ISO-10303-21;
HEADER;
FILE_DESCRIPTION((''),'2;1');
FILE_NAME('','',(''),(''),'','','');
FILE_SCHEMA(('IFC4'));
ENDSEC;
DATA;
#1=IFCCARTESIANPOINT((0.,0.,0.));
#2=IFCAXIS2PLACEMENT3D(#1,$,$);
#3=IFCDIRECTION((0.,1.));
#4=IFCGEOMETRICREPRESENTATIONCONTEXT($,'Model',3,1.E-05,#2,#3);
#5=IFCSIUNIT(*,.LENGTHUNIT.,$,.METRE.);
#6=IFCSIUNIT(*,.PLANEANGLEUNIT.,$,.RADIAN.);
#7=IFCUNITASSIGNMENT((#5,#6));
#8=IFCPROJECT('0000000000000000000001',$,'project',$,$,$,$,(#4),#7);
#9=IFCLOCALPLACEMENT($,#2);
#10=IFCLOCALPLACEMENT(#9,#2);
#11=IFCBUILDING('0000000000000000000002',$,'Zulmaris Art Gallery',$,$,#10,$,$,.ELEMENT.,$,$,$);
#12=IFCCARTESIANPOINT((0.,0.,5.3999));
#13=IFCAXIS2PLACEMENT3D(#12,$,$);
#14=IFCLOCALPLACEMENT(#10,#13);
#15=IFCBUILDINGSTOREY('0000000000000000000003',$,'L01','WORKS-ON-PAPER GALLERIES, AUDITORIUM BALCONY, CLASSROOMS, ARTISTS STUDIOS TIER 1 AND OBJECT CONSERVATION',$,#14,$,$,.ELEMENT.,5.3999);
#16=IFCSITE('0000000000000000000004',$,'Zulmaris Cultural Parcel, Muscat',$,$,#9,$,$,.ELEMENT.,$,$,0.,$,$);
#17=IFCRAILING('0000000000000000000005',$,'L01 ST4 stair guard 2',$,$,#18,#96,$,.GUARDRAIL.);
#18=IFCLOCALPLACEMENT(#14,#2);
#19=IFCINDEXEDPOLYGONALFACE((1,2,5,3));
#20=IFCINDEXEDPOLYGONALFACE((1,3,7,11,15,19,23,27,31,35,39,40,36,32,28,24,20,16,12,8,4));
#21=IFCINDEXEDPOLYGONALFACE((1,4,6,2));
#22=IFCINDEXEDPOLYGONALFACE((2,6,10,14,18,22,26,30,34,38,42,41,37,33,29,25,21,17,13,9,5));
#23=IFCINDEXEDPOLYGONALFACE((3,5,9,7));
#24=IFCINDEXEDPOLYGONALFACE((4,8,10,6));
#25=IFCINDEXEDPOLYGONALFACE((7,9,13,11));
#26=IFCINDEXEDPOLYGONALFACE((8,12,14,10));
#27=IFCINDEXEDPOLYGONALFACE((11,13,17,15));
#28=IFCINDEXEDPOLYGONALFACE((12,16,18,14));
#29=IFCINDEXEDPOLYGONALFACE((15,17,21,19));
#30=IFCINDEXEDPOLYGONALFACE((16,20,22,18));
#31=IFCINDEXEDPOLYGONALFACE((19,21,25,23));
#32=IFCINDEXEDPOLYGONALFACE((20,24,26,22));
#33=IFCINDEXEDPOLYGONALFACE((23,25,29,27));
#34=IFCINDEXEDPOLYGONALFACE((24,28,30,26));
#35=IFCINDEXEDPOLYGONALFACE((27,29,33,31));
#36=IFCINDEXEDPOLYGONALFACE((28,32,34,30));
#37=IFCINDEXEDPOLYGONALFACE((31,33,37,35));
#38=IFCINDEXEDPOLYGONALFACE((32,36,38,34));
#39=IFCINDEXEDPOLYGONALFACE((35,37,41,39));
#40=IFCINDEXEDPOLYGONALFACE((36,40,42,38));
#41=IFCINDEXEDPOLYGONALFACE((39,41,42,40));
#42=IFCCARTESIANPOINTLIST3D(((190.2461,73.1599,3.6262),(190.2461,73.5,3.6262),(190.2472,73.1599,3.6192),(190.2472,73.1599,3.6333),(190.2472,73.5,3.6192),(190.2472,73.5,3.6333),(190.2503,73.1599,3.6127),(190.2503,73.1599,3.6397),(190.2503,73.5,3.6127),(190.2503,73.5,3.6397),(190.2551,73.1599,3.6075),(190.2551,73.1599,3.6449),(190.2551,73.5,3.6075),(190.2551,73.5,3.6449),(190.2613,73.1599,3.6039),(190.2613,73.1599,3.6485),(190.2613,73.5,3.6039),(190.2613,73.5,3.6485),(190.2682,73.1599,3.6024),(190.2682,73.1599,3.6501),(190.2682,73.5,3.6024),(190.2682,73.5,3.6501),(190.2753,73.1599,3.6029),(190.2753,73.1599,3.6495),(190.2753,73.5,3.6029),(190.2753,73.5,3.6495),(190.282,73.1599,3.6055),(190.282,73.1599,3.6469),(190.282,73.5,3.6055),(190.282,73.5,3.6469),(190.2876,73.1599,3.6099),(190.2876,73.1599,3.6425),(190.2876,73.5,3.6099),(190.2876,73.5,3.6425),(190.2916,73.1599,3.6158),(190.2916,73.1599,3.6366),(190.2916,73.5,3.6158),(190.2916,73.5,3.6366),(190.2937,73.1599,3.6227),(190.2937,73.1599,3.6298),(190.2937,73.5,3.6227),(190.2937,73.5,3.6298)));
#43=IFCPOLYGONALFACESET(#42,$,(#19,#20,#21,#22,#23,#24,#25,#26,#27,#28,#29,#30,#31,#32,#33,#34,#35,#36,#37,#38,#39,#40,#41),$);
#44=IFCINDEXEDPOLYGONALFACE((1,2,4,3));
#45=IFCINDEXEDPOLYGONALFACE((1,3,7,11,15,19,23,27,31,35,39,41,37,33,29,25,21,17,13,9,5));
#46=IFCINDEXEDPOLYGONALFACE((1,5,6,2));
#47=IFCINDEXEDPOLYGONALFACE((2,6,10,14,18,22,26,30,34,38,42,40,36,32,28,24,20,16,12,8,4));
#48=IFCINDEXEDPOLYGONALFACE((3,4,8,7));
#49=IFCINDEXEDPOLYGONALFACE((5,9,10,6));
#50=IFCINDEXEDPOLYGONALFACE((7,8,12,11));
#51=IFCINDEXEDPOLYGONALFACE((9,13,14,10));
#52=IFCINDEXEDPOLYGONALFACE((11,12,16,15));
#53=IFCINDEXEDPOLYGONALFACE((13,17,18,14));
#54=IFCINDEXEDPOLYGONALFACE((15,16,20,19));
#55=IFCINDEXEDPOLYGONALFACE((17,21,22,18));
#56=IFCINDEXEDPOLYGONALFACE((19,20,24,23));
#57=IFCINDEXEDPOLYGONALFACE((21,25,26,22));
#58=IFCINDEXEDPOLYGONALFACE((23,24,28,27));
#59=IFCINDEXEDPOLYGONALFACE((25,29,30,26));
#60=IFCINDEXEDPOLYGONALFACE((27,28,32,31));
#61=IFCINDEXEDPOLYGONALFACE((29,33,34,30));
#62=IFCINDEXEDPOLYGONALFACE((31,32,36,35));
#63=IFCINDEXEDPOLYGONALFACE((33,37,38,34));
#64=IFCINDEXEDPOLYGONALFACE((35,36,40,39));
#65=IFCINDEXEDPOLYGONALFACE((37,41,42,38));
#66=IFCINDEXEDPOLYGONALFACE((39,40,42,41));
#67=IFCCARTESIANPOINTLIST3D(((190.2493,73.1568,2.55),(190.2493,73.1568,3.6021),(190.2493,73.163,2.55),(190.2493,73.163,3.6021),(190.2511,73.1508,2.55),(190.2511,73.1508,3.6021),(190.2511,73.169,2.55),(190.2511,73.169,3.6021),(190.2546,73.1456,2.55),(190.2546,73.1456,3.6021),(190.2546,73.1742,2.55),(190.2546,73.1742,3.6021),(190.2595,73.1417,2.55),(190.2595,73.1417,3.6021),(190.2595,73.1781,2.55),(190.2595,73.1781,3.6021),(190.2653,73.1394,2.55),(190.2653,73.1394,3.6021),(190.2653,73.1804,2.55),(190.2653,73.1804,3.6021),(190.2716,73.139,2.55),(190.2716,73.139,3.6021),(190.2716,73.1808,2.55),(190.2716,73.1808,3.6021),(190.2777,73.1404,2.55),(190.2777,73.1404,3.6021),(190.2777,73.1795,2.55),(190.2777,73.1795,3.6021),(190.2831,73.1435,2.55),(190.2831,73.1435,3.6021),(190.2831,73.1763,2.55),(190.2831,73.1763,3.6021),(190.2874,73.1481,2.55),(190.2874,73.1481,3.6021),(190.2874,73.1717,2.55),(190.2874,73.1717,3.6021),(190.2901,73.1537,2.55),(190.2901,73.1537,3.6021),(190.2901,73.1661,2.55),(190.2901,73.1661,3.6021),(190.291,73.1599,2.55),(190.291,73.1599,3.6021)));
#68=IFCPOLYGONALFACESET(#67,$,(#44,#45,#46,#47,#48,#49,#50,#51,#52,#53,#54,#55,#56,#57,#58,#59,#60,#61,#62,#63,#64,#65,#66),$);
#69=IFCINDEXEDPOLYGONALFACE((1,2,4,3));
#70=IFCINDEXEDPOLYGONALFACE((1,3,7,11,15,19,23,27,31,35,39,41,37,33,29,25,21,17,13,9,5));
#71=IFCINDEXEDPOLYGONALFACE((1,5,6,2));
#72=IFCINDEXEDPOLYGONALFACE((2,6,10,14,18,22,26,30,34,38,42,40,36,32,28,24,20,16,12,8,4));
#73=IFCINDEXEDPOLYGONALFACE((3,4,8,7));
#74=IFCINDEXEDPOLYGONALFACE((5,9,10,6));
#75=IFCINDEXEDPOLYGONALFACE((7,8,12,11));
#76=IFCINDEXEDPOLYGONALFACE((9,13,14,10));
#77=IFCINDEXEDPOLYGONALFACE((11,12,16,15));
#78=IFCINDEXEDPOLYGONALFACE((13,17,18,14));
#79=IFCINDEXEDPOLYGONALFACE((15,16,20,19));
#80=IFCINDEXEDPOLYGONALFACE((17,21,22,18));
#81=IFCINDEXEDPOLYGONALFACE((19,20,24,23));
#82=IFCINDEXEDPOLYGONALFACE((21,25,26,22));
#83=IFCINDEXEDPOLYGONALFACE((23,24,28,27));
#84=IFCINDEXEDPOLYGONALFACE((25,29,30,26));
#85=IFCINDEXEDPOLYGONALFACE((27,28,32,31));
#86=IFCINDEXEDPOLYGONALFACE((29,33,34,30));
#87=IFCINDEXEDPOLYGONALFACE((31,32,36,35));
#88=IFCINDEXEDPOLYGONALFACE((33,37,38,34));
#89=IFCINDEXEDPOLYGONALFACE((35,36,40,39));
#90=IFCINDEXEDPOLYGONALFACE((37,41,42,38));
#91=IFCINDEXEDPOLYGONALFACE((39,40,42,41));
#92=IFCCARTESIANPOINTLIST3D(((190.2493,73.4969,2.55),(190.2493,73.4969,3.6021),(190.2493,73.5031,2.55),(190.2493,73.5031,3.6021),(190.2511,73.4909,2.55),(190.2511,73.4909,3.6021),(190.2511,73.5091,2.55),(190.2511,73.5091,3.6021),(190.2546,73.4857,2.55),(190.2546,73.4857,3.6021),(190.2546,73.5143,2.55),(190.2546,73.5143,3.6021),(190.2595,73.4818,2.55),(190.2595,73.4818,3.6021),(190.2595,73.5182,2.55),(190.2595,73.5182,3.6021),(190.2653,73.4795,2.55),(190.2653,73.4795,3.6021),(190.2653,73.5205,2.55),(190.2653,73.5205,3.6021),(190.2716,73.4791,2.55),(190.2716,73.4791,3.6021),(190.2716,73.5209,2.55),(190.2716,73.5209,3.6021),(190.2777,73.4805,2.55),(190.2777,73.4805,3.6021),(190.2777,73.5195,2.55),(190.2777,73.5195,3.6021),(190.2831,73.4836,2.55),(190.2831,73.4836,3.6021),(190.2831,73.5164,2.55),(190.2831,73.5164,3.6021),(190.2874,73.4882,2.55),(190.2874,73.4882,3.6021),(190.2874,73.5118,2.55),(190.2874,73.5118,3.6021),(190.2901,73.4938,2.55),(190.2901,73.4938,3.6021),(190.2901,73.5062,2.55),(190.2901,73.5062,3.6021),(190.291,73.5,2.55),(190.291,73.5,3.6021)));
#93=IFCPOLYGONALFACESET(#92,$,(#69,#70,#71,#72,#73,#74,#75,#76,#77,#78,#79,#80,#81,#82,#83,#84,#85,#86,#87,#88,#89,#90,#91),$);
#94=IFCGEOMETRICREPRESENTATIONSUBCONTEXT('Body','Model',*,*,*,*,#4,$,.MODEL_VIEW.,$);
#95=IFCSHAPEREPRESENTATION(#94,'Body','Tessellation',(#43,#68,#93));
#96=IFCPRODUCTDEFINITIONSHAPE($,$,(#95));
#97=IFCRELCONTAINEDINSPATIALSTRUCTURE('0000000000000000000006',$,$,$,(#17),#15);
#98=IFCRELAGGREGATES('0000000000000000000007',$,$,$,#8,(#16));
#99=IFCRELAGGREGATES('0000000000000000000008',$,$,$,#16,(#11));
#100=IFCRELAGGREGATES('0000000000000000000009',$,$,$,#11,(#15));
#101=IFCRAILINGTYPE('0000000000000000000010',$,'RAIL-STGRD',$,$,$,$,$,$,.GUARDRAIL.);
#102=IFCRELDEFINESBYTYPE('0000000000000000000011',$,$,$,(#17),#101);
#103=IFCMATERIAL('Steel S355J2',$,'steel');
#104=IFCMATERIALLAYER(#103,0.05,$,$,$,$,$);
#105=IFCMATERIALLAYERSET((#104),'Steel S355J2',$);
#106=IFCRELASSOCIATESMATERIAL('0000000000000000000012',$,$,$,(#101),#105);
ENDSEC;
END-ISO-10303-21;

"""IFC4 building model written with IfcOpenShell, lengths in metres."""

from ifc_helpers import new_model, si_unit, direction, frame, origin, origin_2d, place, context, subcontext, project, spatial, circle, extrude, material, layer, layer_set, type_object, element, save


model = new_model("IFC4")

# Units and contexts
model_context = context("Model", 3, precision=1e-05, world=origin(), true_north=direction((0.0, 1.0)))
body_context = subcontext(model_context, "Body", "Model", "MODEL_VIEW")
ifc_project = project(units=[si_unit("LENGTHUNIT", "METRE"), si_unit("PLANEANGLEUNIT", "RADIAN")], contexts=[model_context])

# Site, building, storey
site_placement = place(None, origin())
site = spatial("IfcSite", under=ifc_project, at=site_placement, Name="Zulmaris Cultural Parcel, Muscat", CompositionType="ELEMENT", RefElevation=0.0)
building_placement = place(site_placement, origin())
building = spatial("IfcBuilding", under=site, at=building_placement, Name="Zulmaris Art Gallery", CompositionType="ELEMENT")
storey_placement = place(building_placement, frame((0.0, 0.0, 5.3999)))
storey = spatial("IfcBuildingStorey", under=building, at=storey_placement, Name="L01", Description="WORKS-ON-PAPER GALLERIES, AUDITORIUM BALCONY, CLASSROOMS, ARTISTS STUDIOS TIER 1 AND OBJECT CONSERVATION", CompositionType="ELEMENT", Elevation=5.3999)

# Shared definitions
ifc_material_1 = material(Name="Steel S355J2", Category="steel")

# Railing
ifc_layer_1 = layer(ifc_material_1, 0.05)
ifc_layer_set_1 = layer_set([ifc_layer_1], Name="Steel S355J2")
railing_type_1 = type_object("IfcRailingType", Name="RAIL-STGRD", PredefinedType="GUARDRAIL", material=ifc_layer_set_1)
railing_1_placement = place(storey_placement, frame((190.27, 73.1599, 2.55)))
element("IfcRailing", 1, at=railing_1_placement, inside=storey, type_object=railing_type_1, Name="L01 ST4 stair guard 2", PredefinedType="GUARDRAIL", context=body_context, shape_type="SweptSolid", body=[
    extrude(circle(Radius=0.0239, at=origin_2d()), frame((0.0, 0.0, 1.0762), z_axis=(0.0, 1.0, 0.0), x_axis=(-1.0, 0.0, 0.0)), (0.0, 0.0, 1.0), 0.3401),
    extrude(circle(Radius=0.021, at=origin_2d()), origin(), (0.0, 0.0, 1.0), 1.052),
    extrude(circle(Radius=0.021, at=origin_2d()), frame((0.0, 0.3401, 0.0)), (0.0, 0.0, 1.0), 1.052),
])

save(model, "model.ifc")
